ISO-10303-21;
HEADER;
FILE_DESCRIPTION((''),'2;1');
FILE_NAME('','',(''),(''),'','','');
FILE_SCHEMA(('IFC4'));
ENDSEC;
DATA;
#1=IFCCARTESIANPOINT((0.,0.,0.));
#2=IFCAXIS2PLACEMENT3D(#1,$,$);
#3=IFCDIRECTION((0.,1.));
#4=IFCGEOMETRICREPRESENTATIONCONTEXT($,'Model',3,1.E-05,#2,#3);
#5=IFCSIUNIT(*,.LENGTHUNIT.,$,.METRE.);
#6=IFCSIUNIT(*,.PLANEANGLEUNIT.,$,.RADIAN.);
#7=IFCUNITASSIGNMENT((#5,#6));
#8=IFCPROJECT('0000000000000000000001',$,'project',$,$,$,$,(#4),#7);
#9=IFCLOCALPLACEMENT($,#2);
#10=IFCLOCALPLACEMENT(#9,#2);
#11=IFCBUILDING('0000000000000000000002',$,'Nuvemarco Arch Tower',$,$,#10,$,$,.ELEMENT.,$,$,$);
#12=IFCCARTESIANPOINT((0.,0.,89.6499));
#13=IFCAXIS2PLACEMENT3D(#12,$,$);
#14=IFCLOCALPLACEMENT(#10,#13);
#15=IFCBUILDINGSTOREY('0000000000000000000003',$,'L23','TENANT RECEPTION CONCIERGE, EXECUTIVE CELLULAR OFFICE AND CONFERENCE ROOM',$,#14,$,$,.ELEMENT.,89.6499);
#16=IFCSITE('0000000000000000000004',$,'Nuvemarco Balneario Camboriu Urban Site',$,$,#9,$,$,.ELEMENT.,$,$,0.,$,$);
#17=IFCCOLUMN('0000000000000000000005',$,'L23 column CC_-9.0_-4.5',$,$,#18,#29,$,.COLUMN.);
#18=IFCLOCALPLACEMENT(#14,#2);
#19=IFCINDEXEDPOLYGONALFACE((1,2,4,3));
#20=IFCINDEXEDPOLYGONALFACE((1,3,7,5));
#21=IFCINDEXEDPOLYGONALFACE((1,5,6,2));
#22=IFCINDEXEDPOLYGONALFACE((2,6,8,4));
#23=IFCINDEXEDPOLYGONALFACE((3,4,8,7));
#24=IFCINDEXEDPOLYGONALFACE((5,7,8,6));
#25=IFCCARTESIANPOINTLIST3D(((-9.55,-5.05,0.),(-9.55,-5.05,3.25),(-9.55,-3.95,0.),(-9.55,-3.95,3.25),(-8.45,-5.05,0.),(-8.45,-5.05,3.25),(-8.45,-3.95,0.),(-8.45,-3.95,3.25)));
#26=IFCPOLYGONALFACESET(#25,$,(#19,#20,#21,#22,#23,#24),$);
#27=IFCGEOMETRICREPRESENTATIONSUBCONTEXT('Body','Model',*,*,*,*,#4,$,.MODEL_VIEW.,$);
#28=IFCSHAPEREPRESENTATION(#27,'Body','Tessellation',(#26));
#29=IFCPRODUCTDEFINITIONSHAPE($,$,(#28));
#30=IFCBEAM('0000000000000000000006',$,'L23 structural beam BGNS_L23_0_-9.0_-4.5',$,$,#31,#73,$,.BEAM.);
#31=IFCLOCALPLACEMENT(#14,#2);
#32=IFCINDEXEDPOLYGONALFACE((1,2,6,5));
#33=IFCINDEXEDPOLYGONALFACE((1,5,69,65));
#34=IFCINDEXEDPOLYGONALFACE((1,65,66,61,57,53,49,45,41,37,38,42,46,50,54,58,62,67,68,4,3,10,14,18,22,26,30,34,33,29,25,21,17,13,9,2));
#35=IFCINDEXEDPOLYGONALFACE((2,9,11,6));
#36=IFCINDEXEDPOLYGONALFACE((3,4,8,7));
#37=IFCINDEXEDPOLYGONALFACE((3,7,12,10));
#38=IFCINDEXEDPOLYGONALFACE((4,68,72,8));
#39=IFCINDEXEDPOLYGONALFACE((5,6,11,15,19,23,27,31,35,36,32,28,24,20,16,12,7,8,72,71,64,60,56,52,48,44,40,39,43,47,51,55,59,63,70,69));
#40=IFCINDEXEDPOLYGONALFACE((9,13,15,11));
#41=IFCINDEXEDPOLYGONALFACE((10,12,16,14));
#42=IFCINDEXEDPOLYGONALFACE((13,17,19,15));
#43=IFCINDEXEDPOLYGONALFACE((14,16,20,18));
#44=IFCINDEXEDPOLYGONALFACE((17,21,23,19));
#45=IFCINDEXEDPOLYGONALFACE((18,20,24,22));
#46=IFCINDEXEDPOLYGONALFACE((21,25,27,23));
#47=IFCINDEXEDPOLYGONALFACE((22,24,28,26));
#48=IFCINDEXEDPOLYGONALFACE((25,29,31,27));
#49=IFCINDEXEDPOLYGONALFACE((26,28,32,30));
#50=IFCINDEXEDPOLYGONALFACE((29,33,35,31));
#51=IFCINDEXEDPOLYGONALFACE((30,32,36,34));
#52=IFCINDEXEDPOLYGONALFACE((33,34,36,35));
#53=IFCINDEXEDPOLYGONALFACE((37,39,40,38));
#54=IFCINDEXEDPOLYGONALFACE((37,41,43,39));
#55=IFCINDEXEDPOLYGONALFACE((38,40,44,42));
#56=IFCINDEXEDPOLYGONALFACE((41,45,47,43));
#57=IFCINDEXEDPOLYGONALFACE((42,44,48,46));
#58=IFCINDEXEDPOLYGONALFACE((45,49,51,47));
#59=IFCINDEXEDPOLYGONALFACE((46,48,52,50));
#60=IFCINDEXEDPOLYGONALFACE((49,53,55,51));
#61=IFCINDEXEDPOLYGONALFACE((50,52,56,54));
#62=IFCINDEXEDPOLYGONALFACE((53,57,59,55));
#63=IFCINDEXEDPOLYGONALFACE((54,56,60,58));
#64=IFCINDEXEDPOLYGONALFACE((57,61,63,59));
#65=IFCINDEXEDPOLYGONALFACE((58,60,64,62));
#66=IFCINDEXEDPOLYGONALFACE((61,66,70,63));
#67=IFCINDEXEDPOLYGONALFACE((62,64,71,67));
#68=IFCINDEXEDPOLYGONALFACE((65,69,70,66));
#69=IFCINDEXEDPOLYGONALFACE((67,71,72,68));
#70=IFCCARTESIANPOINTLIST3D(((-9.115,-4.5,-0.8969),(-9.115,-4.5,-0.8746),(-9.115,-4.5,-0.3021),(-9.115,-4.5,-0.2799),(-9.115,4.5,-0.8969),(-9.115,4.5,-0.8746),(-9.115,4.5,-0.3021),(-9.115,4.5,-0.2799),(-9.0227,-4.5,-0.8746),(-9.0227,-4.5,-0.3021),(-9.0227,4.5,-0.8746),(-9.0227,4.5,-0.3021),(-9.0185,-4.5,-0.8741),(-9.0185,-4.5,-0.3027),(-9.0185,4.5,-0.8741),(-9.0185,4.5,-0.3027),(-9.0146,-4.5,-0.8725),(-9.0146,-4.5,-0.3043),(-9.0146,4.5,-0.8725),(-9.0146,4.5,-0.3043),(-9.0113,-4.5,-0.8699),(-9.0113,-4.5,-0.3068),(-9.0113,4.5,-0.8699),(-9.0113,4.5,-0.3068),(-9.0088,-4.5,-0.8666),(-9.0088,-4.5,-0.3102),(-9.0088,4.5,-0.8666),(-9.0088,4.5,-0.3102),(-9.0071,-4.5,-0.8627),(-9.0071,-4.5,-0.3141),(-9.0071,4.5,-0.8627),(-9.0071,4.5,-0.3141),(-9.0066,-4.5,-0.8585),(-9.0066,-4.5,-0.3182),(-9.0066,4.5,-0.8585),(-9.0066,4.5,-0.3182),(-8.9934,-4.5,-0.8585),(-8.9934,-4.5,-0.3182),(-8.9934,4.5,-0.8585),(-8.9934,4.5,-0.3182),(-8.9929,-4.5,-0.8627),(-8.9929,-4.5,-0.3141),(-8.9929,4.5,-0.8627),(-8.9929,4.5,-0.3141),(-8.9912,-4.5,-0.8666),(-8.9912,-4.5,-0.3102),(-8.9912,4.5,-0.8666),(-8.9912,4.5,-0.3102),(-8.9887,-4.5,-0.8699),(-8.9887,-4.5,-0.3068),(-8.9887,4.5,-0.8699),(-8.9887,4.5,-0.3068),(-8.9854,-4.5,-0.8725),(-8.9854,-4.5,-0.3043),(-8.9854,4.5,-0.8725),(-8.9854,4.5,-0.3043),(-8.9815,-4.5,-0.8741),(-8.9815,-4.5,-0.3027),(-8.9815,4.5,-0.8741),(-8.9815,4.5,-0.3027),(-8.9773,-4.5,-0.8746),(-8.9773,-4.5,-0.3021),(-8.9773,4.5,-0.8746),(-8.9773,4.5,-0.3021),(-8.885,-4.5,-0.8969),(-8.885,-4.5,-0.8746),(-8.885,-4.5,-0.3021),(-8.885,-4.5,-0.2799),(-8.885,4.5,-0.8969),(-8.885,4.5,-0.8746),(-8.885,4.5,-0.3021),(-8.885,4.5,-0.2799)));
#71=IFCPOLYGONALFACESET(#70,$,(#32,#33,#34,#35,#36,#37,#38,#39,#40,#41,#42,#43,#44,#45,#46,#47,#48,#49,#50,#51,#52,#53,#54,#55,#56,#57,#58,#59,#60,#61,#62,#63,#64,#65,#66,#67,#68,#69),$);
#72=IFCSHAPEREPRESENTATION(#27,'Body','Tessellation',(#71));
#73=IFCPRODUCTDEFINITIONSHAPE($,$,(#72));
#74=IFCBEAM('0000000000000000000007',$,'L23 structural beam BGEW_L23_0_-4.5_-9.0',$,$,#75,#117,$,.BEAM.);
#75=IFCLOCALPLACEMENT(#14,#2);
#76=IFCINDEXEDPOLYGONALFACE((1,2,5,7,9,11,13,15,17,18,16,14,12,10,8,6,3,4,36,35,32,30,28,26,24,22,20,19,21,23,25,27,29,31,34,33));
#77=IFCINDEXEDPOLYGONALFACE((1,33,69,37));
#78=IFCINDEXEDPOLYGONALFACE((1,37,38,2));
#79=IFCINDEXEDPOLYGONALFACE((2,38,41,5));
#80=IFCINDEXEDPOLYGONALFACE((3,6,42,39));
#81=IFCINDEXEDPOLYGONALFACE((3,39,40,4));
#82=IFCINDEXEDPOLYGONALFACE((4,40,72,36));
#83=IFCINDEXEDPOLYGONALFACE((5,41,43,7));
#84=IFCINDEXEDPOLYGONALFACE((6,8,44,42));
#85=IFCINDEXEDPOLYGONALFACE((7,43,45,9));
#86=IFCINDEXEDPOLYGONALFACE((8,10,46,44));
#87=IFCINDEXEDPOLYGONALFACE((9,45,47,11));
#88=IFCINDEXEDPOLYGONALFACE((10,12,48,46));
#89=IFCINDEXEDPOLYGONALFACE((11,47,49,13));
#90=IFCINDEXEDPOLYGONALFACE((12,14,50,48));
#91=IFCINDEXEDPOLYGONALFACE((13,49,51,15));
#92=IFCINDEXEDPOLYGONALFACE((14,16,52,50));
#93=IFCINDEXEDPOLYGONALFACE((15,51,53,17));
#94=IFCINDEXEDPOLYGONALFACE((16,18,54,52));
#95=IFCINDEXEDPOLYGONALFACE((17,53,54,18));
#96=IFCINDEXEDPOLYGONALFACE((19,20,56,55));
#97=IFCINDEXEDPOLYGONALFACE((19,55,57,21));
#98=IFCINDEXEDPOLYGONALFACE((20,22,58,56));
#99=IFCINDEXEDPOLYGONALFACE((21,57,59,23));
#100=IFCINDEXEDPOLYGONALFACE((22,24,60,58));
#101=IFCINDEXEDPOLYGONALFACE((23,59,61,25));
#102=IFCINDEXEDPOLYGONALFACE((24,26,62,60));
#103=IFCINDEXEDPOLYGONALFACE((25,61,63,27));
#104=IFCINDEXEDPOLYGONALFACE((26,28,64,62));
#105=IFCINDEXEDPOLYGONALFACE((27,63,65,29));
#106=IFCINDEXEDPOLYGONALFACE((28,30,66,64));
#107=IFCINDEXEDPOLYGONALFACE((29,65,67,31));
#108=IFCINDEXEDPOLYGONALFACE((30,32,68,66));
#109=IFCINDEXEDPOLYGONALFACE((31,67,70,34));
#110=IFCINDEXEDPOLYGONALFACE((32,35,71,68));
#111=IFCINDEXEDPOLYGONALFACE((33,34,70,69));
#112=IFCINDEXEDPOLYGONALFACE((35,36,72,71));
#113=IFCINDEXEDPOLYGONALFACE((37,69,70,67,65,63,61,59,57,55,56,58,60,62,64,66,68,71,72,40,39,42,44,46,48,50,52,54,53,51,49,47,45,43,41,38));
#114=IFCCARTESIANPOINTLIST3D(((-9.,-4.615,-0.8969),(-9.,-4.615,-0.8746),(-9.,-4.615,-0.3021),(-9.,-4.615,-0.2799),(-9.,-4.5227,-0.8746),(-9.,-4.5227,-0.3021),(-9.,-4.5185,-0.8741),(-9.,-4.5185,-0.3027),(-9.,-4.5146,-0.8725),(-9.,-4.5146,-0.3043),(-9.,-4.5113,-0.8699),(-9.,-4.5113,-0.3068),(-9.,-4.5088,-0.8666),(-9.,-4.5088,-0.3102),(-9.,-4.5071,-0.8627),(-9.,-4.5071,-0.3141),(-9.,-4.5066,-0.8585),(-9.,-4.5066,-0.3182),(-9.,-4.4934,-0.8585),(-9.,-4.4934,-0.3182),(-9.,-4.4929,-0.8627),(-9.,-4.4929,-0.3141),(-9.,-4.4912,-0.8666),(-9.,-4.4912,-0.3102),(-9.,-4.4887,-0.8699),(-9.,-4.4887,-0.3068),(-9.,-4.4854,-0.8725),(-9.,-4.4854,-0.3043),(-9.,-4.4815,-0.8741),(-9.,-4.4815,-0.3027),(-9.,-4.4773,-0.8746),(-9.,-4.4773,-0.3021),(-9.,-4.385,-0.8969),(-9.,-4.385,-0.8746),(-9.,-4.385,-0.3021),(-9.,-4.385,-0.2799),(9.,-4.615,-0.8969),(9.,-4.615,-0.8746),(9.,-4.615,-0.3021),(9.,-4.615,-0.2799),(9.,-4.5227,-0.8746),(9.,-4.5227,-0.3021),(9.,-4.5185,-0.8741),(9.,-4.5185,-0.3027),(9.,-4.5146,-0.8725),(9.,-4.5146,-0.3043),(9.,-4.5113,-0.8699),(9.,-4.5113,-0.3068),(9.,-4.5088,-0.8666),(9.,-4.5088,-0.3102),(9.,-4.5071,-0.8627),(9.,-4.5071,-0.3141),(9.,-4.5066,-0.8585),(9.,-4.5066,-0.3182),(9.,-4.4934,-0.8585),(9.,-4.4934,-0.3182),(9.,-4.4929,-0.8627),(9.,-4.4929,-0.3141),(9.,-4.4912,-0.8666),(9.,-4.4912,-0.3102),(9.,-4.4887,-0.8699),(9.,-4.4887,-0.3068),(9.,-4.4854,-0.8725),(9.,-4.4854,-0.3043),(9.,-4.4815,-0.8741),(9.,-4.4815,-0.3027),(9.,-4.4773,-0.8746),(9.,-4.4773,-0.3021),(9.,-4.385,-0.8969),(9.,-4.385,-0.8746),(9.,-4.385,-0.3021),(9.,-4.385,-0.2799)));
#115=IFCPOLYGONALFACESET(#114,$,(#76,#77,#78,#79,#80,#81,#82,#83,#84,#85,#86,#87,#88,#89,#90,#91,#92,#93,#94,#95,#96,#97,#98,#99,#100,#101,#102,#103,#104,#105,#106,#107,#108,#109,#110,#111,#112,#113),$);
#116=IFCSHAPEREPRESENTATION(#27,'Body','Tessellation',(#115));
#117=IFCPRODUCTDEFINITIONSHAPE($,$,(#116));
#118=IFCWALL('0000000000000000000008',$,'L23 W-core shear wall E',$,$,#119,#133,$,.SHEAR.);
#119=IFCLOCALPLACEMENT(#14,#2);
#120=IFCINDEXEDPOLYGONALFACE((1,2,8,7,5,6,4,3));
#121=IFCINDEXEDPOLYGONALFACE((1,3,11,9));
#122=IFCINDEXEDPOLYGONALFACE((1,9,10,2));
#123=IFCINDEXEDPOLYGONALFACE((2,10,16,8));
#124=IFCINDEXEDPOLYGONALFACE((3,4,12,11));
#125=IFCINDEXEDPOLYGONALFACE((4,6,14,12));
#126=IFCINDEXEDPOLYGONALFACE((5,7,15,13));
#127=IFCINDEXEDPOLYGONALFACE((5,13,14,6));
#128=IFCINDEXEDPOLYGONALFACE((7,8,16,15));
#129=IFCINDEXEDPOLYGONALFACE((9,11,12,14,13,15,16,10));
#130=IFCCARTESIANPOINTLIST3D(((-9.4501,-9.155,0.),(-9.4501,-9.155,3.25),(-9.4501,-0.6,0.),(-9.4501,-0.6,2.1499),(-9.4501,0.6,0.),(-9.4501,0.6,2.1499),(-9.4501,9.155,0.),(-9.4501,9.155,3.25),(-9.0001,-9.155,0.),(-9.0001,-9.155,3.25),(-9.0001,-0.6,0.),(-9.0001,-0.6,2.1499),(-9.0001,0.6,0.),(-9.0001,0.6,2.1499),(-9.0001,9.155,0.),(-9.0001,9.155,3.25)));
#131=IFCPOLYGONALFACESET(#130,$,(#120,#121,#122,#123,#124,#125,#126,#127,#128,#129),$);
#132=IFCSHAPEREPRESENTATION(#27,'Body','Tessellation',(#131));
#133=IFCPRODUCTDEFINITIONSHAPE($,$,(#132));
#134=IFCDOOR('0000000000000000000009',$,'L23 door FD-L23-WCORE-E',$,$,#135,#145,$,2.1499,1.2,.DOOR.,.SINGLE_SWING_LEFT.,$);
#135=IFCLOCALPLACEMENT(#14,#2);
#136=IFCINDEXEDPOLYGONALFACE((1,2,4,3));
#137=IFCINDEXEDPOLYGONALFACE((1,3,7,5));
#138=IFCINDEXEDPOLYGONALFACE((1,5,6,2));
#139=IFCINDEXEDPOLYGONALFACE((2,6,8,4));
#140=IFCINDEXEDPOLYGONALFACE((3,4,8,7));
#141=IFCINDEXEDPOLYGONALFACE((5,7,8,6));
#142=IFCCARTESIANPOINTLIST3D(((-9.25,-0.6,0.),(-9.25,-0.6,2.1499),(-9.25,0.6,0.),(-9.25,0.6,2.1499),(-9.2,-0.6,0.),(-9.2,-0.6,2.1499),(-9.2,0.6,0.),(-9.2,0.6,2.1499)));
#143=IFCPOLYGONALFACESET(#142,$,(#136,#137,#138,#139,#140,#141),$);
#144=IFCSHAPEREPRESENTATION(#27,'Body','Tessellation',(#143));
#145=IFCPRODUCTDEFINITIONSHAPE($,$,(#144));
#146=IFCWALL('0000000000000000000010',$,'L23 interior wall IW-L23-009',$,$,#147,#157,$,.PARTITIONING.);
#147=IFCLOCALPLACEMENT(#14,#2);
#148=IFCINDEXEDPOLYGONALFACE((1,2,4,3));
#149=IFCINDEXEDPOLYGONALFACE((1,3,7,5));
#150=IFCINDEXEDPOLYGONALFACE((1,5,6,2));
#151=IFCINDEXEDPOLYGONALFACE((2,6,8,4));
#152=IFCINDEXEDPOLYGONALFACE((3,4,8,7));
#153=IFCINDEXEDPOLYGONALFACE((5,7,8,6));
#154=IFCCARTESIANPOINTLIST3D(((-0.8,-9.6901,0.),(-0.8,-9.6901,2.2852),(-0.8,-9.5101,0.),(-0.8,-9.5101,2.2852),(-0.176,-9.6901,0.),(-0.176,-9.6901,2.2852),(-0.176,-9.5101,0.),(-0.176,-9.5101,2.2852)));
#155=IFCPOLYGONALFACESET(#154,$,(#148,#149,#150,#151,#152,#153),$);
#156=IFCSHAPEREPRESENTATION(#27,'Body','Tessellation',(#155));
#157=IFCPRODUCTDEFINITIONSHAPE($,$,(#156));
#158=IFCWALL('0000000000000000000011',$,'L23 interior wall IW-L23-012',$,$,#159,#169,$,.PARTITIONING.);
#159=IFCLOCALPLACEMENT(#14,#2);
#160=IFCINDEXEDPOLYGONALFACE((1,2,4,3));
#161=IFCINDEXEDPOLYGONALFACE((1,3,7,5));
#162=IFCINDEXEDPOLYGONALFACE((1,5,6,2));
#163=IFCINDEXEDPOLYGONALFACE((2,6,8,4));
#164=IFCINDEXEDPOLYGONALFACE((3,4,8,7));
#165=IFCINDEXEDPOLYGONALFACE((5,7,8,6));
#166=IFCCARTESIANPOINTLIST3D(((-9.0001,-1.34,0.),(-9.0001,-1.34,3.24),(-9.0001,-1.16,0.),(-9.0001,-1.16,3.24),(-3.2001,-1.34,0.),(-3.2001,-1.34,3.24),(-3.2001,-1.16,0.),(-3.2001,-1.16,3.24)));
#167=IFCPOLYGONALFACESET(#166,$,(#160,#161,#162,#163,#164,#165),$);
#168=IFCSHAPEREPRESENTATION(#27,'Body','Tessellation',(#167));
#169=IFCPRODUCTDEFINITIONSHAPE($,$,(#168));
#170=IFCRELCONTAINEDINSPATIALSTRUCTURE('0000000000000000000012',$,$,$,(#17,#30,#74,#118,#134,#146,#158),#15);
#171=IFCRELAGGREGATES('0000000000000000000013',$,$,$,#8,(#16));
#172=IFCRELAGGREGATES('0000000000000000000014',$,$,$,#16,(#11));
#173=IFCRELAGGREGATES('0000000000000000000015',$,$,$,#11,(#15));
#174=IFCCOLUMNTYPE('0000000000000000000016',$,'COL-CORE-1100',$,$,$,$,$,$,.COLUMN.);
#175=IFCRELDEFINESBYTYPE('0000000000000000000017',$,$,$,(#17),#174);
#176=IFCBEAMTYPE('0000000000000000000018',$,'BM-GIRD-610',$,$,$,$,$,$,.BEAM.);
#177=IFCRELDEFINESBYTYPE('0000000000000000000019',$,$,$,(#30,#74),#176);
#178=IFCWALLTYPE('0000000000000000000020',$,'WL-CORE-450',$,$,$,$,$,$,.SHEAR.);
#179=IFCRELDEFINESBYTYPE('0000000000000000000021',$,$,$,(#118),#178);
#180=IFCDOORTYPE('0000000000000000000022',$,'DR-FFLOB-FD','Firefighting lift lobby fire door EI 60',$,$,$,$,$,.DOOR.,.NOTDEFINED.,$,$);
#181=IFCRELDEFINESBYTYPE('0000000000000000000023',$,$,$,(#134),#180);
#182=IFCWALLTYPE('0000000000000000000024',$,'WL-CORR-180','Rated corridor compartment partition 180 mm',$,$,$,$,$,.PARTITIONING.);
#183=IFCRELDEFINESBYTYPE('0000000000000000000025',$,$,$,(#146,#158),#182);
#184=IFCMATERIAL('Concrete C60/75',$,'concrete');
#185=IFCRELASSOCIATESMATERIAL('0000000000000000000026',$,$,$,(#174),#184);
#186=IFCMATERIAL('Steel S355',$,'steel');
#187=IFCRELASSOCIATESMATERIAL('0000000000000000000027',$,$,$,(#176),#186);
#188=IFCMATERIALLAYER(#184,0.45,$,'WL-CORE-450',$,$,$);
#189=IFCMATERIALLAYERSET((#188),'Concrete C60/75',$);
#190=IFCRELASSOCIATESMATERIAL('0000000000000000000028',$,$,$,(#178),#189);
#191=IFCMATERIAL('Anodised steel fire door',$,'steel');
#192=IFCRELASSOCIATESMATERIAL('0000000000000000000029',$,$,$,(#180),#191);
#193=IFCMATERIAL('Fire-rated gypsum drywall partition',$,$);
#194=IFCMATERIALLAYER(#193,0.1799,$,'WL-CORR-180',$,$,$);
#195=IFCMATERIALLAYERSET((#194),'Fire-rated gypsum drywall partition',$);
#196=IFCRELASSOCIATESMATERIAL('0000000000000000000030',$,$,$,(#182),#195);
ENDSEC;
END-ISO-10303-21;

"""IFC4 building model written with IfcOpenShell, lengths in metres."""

from ifc_helpers import new_model, si_unit, direction, frame, frame_2d, origin, origin_2d, place, context, subcontext, project, spatial, rectangle, i_section, extrude, source, transform, mapped, material, layer, layer_set, material_profile, profile_set, type_object, type_shapes, element, fill, save


model = new_model("IFC4")

# Units and contexts
model_context = context("Model", 3, precision=1e-05, world=origin(), true_north=direction((0.0, 1.0)))
body_context = subcontext(model_context, "Body", "Model", "MODEL_VIEW")
ifc_project = project(units=[si_unit("LENGTHUNIT", "METRE"), si_unit("PLANEANGLEUNIT", "RADIAN")], contexts=[model_context])

# Site, building, storey
site_placement = place(None, origin())
site = spatial("IfcSite", under=ifc_project, at=site_placement, Name="Nuvemarco Balneario Camboriu Urban Site", CompositionType="ELEMENT", RefElevation=0.0)
building_placement = place(site_placement, origin())
building = spatial("IfcBuilding", under=site, at=building_placement, Name="Nuvemarco Arch Tower", CompositionType="ELEMENT")
storey_placement = place(building_placement, frame((0.0, 0.0, 89.6499)))
storey = spatial("IfcBuildingStorey", under=building, at=storey_placement, Name="L23", Description="TENANT RECEPTION CONCIERGE, EXECUTIVE CELLULAR OFFICE AND CONFERENCE ROOM", CompositionType="ELEMENT", Elevation=89.6499)

# Column
ifc_material_1 = material(Name="Concrete C60/75", Category="concrete")
ifc_material_profile_1 = material_profile(ifc_material_1, rectangle(XDim=1.1001, YDim=1.1001, at=origin_2d()), Name="RC-COL-1100x1100")
ifc_profile_set_1 = profile_set([ifc_material_profile_1], Name="Concrete C60/75")
column_type = type_object("IfcColumnType", Name="COL-CORE-1100", PredefinedType="COLUMN", material=ifc_profile_set_1)
column_placement = place(storey_placement, frame((-9.0, -4.5, 0.0), z_axis=(0.0, 0.0, 1.0), x_axis=(1.0, 0.0, 0.0)))
element("IfcColumn", 1, at=column_placement, inside=storey, type_object=column_type, Name="L23 column CC_-9.0_-4.5", PredefinedType="COLUMN", context=body_context, shape_type="SweptSolid", body=[
    extrude(rectangle(XDim=1.1001, YDim=1.1001, at=origin_2d()), origin(), (0.0, 0.0, 1.0), 3.25),
])

# Beams
ifc_material_2 = material(Name="Steel S355", Category="steel")
ifc_material_profile_2 = material_profile(ifc_material_2, i_section(OverallWidth=0.23, OverallDepth=0.6169, WebThickness=0.0132, FlangeThickness=0.0222, FilletRadius=0.0161, at=origin_2d()), Name="W610x140")
ifc_profile_set_2 = profile_set([ifc_material_profile_2], Name="Steel S355")
beam_type = type_object("IfcBeamType", Name="BM-GIRD-610", PredefinedType="BEAM", material=ifc_profile_set_2)
beam_1_placement = place(storey_placement, frame((-9.0, -4.5, -0.5884), z_axis=(0.0, 1.0, 0.0), x_axis=(-1.0, 0.0, 0.0)))
element("IfcBeam", 2, at=beam_1_placement, inside=storey, type_object=beam_type, Name="L23 structural beam BGNS_L23_0_-9.0_-4.5", PredefinedType="BEAM", context=body_context, shape_type="SweptSolid", body=[
    extrude(i_section(OverallWidth=0.23, OverallDepth=0.6169, WebThickness=0.0132, FlangeThickness=0.0222, FilletRadius=0.0161, at=origin_2d()), origin(), (0.0, 0.0, 1.0), 9.0),
])
beam_2_placement = place(storey_placement, frame((-9.0, -4.5, -0.5884), z_axis=(1.0, 0.0, 0.0), x_axis=(0.0, 1.0, 0.0)))
element("IfcBeam", 3, at=beam_2_placement, inside=storey, type_object=beam_type, Name="L23 structural beam BGEW_L23_0_-4.5_-9.0", PredefinedType="BEAM", context=body_context, shape_type="SweptSolid", body=[
    extrude(i_section(OverallWidth=0.23, OverallDepth=0.6169, WebThickness=0.0132, FlangeThickness=0.0222, FilletRadius=0.0161, at=origin_2d()), origin(), (0.0, 0.0, 1.0), 18.0),
])

# Wall, opening, door
ifc_layer_1 = layer(ifc_material_1, 0.45, Name="WL-CORE-450")
ifc_layer_set_1 = layer_set([ifc_layer_1], Name="Concrete C60/75")
wall_type_1 = type_object("IfcWallType", Name="WL-CORE-450", PredefinedType="SHEAR", material=ifc_layer_set_1)
wall_1_placement = place(storey_placement, frame((-9.2251, -9.155, 0.0), z_axis=(0.0, 0.0, 1.0), x_axis=(0.0, 1.0, 0.0)))
wall_1 = element("IfcWall", 4, at=wall_1_placement, inside=storey, type_object=wall_type_1, Name="L23 W-core shear wall E", PredefinedType="SHEAR", context=body_context, shape_type="SweptSolid", body=[
    extrude(rectangle(XDim=18.3101, YDim=0.45, at=frame_2d((9.155, 0.0))), origin(), (0.0, 0.0, 1.0), 3.25),
])
opening_1_placement = place(wall_1_placement, frame((8.5549, 0.0, 0.0)))
opening_1 = element("IfcOpeningElement", 5, at=opening_1_placement, cuts=wall_1, PredefinedType="OPENING", context=body_context, shape_type="SweptSolid", body=[
    extrude(rectangle(XDim=1.2, YDim=2.1499, at=frame_2d((0.6001, 1.075))), frame((0.0, 0.2349, 0.0), z_axis=(0.0, -1.0, 0.0), x_axis=(1.0, 0.0, 0.0)), (0.0, 0.0, 1.0), 0.47),
])
ifc_material_3 = material(Name="Anodised steel fire door", Category="steel")
door_type_1 = type_object("IfcDoorType", Name="DR-FFLOB-FD", Description="Firefighting lift lobby fire door EI 60", OperationType="NOTDEFINED", PredefinedType="DOOR", material=ifc_material_3)
shared_shape_1 = source(origin(), body_context, "Body", "SweptSolid", [
    extrude(rectangle(XDim=1.2, YDim=2.1499, at=frame_2d((0.6001, 1.075))), frame((0.0, 0.0249, 0.0), z_axis=(0.0, -1.0, 0.0), x_axis=(1.0, 0.0, 0.0)), (0.0, 0.0, 1.0), 0.05),
])
type_shapes(door_type_1, [shared_shape_1])
door_1_placement = place(opening_1_placement, origin())
door_1 = element("IfcDoor", 6, at=door_1_placement, inside=storey, type_object=door_type_1, Name="L23 door FD-L23-WCORE-E", OperationType="SINGLE_SWING_LEFT", OverallHeight=2.1499, OverallWidth=1.2, PredefinedType="DOOR", context=body_context, shape_type="MappedRepresentation", body=[
    mapped(shared_shape_1, transform((0.0, 0.0, 0.0), scale=1.0)),
])
fill(opening_1, door_1)

# Walls
ifc_material_4 = material(Name="Fire-rated gypsum drywall partition")
ifc_layer_2 = layer(ifc_material_4, 0.1799, Name="WL-CORR-180")
ifc_layer_set_2 = layer_set([ifc_layer_2], Name="Fire-rated gypsum drywall partition")
wall_type_2 = type_object("IfcWallType", Name="WL-CORR-180", Description="Rated corridor compartment partition 180 mm", PredefinedType="PARTITIONING", material=ifc_layer_set_2)
wall_2_placement = place(storey_placement, frame((-0.8, -9.6001, 0.0), z_axis=(0.0, 0.0, 1.0), x_axis=(1.0, 0.0, 0.0)))
element("IfcWall", 7, at=wall_2_placement, inside=storey, type_object=wall_type_2, Name="L23 interior wall IW-L23-009", PredefinedType="PARTITIONING", context=body_context, shape_type="SweptSolid", body=[
    extrude(rectangle(XDim=0.624, YDim=0.1799, at=frame_2d((0.312, 0.0))), origin(), (0.0, 0.0, 1.0), 2.2852),
])
wall_3_placement = place(storey_placement, frame((-9.0, -1.25, 0.0), z_axis=(0.0, 0.0, 1.0), x_axis=(1.0, 0.0, 0.0)))
element("IfcWall", 8, at=wall_3_placement, inside=storey, type_object=wall_type_2, Name="L23 interior wall IW-L23-012", PredefinedType="PARTITIONING", context=body_context, shape_type="SweptSolid", body=[
    extrude(rectangle(XDim=5.8, YDim=0.1799, at=frame_2d((2.8999, 0.0))), origin(), (0.0, 0.0, 1.0), 3.24),
])

save(model, "model.ifc")
